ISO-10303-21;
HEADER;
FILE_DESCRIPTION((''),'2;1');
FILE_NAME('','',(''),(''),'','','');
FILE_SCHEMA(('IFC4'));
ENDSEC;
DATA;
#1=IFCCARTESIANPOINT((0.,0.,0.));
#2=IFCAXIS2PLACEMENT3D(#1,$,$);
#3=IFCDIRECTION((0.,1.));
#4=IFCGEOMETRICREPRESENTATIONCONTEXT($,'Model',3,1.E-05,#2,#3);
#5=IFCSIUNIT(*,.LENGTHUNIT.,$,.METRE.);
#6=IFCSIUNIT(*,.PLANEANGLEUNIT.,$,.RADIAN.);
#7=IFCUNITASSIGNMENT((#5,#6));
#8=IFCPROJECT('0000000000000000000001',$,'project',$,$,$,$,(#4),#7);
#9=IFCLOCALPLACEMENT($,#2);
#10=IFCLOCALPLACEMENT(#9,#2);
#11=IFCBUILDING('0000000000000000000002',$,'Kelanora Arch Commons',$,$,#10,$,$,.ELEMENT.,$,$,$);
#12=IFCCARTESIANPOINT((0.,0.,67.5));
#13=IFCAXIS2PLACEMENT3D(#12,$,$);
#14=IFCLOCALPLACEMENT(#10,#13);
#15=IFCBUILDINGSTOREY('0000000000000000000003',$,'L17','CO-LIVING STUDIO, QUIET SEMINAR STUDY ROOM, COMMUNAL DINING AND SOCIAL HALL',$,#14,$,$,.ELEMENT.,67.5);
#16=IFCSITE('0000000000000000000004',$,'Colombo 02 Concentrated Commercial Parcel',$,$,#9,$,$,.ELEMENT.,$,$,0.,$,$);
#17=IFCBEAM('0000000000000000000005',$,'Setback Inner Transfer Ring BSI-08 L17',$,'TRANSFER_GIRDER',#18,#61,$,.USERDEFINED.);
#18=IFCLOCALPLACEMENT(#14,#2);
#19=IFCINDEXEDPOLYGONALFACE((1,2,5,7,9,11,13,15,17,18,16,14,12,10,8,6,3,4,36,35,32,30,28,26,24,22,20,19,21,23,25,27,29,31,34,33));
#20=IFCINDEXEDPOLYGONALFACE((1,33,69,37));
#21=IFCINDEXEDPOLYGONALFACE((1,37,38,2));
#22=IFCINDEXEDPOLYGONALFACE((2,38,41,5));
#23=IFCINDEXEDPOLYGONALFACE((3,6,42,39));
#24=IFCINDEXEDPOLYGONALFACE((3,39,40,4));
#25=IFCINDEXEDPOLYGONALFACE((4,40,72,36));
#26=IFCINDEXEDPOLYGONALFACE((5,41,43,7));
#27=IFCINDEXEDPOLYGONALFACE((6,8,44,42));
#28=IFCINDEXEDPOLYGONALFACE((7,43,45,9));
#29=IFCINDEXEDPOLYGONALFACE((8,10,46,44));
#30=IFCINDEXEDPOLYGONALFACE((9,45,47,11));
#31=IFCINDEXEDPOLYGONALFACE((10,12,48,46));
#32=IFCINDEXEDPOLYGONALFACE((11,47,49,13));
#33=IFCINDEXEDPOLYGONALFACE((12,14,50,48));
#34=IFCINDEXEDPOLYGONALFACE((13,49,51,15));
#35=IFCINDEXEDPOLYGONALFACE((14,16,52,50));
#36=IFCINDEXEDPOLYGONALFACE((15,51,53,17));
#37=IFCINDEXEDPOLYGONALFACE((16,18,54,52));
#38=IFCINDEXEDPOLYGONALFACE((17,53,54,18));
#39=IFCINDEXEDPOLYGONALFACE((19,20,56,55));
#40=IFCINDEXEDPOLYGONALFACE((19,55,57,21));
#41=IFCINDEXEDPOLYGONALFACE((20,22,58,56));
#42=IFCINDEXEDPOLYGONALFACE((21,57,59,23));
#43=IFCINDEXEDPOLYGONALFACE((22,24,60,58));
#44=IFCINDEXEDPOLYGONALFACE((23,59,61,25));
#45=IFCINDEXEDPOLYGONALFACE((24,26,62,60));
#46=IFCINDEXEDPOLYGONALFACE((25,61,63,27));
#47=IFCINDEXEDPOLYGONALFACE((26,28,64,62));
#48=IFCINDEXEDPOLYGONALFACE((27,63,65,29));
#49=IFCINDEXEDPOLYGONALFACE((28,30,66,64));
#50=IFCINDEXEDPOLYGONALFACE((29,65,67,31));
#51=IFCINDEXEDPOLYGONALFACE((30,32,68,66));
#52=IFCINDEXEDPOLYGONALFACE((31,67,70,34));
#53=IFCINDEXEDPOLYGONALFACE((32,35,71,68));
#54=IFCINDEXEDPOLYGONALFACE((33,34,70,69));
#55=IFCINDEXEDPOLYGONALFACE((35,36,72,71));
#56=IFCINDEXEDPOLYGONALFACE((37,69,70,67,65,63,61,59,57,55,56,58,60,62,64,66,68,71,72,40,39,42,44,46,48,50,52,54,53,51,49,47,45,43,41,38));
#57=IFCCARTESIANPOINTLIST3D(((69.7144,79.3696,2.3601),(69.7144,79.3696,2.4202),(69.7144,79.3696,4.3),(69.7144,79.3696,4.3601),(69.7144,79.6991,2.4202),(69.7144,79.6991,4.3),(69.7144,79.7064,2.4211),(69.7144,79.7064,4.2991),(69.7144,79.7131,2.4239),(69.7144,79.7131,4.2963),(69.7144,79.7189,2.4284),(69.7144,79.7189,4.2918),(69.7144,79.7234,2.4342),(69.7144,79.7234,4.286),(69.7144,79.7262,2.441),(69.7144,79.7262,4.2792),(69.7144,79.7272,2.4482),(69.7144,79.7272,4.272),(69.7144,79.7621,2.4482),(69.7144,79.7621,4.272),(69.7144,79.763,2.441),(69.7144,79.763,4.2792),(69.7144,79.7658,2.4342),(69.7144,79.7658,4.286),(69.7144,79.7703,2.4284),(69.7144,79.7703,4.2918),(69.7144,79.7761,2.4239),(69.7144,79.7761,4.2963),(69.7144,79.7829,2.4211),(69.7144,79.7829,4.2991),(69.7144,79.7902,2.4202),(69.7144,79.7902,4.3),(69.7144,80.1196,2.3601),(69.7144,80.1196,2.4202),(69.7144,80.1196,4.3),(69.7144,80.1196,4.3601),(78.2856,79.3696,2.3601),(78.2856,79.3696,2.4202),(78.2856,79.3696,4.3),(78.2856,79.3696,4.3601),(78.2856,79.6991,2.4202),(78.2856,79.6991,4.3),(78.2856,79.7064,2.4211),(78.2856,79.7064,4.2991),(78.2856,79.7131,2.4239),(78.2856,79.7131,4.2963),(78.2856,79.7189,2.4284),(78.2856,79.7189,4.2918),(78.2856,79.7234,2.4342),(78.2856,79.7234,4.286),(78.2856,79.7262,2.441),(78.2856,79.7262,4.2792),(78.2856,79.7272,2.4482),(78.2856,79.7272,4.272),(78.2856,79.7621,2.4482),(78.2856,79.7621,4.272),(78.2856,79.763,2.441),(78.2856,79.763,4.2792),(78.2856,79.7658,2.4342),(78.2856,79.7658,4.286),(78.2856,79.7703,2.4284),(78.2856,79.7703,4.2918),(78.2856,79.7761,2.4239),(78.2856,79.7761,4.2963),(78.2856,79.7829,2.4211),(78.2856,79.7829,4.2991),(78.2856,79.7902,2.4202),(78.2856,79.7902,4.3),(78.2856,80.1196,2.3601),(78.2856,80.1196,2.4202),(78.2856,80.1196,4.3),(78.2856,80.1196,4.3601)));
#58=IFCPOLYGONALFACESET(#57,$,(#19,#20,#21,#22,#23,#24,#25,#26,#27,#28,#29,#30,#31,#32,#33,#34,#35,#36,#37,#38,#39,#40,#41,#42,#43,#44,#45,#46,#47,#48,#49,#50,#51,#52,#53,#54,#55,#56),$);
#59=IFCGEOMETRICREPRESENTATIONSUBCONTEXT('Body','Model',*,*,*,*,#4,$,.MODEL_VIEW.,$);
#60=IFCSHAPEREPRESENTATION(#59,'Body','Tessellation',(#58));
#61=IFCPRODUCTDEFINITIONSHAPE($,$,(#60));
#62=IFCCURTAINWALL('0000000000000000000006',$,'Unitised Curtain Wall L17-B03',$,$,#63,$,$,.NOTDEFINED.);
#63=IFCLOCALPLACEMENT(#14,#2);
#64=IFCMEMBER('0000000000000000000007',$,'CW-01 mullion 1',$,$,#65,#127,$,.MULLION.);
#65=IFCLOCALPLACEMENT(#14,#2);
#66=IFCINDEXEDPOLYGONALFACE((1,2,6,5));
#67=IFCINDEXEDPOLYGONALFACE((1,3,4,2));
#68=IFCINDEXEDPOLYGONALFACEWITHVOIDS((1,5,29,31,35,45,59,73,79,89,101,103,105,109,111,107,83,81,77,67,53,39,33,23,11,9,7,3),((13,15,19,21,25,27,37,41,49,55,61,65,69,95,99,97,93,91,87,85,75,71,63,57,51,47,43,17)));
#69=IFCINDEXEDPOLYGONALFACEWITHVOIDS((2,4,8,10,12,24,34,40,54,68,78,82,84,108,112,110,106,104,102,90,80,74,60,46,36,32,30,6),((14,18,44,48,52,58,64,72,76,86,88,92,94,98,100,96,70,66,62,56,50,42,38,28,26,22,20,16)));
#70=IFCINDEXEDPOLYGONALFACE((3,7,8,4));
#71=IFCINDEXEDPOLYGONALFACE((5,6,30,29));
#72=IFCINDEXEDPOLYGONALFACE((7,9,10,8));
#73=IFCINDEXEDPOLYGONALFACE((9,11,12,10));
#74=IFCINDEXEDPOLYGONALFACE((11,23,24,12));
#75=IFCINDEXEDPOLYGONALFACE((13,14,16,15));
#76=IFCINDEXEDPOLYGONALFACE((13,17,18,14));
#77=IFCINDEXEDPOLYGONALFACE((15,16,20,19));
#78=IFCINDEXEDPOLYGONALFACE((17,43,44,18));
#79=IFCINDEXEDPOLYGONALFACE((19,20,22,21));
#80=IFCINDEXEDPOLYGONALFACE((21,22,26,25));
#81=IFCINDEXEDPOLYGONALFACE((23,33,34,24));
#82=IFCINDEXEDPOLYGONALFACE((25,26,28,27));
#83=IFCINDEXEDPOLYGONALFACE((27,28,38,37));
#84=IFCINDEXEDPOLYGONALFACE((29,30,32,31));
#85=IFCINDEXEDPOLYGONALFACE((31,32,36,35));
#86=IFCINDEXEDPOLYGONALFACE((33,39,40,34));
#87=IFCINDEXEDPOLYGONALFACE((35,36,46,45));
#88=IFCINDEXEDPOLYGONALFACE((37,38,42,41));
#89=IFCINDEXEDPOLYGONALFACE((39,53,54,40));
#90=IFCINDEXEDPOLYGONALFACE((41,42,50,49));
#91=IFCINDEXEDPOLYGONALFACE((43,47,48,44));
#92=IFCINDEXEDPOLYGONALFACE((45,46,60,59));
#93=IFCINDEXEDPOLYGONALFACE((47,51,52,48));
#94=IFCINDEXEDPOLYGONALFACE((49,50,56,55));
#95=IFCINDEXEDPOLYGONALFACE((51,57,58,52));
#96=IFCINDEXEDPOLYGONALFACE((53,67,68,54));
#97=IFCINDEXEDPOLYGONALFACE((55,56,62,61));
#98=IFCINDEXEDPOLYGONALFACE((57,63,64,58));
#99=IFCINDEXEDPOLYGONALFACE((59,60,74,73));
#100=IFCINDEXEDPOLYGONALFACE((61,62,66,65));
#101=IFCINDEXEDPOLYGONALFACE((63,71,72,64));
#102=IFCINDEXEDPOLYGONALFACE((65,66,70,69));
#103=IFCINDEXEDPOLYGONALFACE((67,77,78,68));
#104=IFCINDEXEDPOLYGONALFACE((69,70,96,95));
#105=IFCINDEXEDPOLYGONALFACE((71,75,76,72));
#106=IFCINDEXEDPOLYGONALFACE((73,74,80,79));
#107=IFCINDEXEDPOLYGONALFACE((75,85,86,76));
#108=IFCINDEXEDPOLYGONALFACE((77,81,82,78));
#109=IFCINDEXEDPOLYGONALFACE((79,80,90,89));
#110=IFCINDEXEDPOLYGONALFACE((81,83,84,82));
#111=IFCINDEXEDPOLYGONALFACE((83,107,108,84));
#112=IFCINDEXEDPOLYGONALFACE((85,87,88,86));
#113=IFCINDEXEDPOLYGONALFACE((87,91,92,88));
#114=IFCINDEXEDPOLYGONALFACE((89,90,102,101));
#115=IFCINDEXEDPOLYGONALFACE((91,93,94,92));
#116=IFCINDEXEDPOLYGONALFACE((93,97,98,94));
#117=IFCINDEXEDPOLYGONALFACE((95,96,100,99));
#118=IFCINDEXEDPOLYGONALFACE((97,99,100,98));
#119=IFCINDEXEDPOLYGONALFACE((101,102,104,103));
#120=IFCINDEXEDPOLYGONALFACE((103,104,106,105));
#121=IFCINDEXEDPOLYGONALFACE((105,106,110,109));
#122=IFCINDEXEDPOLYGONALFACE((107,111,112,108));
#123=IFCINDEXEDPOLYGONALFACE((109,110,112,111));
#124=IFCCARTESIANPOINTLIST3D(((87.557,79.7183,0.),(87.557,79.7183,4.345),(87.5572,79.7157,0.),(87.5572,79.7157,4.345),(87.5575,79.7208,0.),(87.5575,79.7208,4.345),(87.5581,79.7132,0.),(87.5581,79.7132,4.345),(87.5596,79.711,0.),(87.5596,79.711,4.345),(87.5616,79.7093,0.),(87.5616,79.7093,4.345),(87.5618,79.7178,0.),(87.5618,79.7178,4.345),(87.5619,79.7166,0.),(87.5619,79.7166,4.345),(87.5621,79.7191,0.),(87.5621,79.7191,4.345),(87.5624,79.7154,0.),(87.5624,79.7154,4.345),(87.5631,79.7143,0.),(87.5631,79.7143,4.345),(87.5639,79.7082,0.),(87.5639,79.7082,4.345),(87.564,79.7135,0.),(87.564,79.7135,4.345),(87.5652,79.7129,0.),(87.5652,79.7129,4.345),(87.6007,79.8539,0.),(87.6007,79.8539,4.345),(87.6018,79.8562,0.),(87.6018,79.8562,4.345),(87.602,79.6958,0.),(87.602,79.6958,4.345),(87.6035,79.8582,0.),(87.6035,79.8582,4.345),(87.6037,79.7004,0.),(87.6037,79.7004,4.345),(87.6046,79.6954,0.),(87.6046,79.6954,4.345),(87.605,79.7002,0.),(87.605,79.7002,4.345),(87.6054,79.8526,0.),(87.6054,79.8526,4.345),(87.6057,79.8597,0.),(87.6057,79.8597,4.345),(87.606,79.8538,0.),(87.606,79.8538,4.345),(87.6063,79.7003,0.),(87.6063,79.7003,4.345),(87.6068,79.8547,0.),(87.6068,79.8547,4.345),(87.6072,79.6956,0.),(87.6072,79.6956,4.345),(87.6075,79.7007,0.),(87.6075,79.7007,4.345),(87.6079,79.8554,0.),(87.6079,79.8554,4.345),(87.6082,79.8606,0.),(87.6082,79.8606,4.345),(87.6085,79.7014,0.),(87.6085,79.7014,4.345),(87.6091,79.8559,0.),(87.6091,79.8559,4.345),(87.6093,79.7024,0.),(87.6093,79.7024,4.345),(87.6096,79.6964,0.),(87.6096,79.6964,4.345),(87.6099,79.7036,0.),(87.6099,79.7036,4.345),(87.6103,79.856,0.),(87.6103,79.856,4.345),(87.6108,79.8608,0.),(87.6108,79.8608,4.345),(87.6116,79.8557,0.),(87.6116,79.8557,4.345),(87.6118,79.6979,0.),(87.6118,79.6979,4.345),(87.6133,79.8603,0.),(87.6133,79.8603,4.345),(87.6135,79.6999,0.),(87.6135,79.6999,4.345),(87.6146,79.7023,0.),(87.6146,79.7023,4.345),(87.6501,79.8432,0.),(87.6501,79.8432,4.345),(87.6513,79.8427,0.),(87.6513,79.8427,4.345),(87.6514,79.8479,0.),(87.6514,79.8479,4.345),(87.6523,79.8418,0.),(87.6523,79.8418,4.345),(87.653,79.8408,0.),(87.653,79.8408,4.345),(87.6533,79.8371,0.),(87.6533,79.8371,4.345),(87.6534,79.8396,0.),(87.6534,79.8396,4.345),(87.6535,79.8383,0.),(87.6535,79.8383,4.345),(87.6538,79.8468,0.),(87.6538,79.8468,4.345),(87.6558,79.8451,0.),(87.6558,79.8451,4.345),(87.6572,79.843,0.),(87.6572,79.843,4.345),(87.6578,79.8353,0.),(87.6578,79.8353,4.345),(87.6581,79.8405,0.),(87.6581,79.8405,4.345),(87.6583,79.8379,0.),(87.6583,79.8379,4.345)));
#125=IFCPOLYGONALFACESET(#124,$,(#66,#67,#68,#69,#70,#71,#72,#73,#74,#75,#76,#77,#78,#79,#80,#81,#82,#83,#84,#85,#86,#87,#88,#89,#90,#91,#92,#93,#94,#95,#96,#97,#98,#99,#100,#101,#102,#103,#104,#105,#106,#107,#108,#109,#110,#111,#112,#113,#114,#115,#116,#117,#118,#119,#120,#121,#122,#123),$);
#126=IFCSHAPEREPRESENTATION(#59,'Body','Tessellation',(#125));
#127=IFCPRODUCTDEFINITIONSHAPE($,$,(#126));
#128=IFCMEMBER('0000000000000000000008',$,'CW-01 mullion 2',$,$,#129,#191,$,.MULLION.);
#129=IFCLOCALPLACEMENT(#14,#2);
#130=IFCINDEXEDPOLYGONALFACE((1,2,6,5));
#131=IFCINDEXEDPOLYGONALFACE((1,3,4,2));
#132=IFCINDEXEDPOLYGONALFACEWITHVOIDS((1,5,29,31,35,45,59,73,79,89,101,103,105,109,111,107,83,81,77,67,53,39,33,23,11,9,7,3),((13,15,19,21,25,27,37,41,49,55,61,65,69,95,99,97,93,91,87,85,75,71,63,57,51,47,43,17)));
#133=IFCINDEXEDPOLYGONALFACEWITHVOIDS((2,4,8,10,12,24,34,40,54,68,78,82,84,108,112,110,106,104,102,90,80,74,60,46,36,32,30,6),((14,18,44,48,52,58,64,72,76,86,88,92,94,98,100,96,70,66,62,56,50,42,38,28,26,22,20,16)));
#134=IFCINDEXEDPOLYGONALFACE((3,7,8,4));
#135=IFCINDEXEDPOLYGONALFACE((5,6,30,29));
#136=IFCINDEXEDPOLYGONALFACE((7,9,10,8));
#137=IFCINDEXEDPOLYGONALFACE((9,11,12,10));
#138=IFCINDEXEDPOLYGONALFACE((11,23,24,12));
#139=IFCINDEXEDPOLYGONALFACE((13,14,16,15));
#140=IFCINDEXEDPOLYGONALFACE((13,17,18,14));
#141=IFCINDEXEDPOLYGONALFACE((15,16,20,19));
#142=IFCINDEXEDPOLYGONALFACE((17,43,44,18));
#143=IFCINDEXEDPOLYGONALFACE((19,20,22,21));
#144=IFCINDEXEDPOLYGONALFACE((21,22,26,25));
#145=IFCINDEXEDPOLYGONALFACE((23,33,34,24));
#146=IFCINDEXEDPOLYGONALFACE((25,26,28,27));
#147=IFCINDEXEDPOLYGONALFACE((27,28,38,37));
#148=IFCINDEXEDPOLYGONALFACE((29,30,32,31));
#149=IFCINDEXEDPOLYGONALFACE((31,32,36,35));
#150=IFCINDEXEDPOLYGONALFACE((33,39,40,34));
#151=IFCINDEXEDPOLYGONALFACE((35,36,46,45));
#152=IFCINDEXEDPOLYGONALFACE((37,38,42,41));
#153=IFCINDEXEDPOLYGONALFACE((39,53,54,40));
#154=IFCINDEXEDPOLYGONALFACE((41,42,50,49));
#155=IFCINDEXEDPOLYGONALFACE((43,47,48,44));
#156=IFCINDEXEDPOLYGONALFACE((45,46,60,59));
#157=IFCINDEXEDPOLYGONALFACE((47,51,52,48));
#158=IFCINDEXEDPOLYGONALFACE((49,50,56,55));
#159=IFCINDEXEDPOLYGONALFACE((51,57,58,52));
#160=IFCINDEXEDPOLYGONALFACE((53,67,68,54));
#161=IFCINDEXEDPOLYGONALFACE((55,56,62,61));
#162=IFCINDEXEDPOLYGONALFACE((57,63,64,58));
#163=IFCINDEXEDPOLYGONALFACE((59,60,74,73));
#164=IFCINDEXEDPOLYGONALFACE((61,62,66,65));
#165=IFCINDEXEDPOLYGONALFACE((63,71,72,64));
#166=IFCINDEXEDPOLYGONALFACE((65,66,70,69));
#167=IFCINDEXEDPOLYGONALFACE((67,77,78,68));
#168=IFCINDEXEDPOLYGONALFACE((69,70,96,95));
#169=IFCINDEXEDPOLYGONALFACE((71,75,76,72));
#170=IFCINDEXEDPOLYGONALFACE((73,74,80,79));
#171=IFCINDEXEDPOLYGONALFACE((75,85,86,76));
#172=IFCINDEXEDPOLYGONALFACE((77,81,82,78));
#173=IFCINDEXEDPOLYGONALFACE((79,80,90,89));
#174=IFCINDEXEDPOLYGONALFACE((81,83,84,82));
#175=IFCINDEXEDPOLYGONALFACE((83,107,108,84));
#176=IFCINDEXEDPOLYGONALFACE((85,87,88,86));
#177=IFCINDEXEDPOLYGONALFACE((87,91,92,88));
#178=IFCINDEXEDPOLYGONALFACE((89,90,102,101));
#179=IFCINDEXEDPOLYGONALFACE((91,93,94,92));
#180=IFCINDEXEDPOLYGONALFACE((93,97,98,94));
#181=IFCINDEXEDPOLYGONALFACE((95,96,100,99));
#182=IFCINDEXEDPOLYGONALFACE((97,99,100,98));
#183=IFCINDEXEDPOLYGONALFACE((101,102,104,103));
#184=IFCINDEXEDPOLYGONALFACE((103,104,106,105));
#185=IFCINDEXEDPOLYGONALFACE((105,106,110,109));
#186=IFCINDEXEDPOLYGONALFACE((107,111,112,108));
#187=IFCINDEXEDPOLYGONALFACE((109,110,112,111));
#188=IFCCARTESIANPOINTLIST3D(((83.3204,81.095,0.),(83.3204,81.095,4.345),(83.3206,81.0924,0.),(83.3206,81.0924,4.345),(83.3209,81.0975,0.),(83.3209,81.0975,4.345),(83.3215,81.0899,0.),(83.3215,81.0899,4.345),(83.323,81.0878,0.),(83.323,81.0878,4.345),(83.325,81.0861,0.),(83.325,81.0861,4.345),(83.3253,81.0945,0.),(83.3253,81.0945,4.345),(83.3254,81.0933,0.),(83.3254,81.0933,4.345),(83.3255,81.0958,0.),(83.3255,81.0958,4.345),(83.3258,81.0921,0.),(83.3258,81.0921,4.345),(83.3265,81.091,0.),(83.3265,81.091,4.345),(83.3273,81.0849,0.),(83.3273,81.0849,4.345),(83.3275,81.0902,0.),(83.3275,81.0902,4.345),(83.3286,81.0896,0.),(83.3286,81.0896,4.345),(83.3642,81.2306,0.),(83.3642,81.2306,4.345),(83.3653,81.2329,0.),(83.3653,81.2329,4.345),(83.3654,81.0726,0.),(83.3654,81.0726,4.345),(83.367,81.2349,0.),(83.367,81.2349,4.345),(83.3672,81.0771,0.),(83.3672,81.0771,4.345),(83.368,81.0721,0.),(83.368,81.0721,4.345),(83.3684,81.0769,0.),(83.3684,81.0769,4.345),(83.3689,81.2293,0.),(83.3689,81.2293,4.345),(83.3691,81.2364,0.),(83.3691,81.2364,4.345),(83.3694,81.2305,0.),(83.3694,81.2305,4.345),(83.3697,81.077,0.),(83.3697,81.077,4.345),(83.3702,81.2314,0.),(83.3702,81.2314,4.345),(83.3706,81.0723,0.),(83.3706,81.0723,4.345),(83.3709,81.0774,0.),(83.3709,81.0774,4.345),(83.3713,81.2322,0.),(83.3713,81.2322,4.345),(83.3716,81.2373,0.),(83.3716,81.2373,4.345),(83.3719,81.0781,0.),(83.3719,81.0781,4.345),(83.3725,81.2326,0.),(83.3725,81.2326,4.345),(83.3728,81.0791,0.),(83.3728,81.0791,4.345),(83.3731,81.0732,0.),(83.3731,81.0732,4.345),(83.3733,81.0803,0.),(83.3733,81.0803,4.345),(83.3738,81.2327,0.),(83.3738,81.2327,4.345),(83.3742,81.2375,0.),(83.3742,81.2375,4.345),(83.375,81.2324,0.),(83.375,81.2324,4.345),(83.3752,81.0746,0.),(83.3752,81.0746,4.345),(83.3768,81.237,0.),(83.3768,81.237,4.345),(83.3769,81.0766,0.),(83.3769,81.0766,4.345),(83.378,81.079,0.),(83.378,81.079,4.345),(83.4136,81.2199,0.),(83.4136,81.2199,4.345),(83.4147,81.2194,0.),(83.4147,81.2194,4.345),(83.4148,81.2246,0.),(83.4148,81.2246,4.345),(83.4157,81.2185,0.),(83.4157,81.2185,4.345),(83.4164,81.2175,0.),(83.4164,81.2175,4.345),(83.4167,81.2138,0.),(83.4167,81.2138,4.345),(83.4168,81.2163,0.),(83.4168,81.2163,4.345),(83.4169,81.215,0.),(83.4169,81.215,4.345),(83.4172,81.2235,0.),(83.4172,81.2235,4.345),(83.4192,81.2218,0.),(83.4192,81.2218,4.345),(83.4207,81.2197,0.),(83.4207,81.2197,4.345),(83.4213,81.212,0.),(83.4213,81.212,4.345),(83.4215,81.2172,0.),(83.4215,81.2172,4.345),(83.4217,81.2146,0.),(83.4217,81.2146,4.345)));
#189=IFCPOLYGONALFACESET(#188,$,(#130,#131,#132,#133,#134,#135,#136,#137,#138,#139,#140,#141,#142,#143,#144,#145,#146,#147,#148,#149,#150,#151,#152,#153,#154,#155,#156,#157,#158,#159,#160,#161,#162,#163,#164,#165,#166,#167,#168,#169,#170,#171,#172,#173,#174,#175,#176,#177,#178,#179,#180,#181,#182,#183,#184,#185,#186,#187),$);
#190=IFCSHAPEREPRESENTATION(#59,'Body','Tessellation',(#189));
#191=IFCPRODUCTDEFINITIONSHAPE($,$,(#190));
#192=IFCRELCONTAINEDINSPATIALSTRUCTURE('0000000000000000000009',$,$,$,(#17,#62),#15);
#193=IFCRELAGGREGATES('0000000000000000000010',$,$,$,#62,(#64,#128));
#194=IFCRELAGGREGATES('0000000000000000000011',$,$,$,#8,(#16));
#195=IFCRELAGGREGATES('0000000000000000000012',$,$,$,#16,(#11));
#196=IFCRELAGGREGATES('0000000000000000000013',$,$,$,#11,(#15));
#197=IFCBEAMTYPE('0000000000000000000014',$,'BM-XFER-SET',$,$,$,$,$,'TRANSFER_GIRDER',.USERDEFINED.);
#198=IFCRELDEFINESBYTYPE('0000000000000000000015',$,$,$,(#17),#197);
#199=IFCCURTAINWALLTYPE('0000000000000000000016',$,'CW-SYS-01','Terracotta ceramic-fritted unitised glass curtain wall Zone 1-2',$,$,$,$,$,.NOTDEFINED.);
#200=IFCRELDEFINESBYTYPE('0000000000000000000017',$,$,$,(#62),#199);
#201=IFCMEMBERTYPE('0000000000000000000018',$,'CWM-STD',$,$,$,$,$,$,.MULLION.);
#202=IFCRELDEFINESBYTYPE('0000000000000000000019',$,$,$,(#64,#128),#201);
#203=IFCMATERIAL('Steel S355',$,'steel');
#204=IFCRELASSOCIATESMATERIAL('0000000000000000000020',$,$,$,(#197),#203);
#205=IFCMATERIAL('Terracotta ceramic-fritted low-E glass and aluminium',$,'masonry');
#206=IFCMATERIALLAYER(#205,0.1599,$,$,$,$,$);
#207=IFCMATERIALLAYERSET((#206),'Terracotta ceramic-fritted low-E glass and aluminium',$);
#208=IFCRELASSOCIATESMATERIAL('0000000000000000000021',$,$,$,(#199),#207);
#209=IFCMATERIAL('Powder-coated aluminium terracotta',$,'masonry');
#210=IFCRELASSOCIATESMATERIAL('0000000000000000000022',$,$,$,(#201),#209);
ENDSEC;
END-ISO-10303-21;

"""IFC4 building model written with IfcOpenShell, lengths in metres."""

from ifc_helpers import new_model, si_unit, direction, frame, origin, origin_2d, place, context, subcontext, project, spatial, hollow_rectangle, i_section, extrude, material, layer, layer_set, material_profile, profile_set, type_object, element, aggregate, save


model = new_model("IFC4")

# Units and contexts
model_context = context("Model", 3, precision=1e-05, world=origin(), true_north=direction((0.0, 1.0)))
body_context = subcontext(model_context, "Body", "Model", "MODEL_VIEW")
ifc_project = project(units=[si_unit("LENGTHUNIT", "METRE"), si_unit("PLANEANGLEUNIT", "RADIAN")], contexts=[model_context])

# Site, building, storey
site_placement = place(None, origin())
site = spatial("IfcSite", under=ifc_project, at=site_placement, Name="Colombo 02 Concentrated Commercial Parcel", CompositionType="ELEMENT", RefElevation=0.0)
building_placement = place(site_placement, origin())
building = spatial("IfcBuilding", under=site, at=building_placement, Name="Kelanora Arch Commons", CompositionType="ELEMENT")
storey_placement = place(building_placement, frame((0.0, 0.0, 67.5)))
storey = spatial("IfcBuildingStorey", under=building, at=storey_placement, Name="L17", Description="CO-LIVING STUDIO, QUIET SEMINAR STUDY ROOM, COMMUNAL DINING AND SOCIAL HALL", CompositionType="ELEMENT", Elevation=67.5)

# Beam
ifc_material_1 = material(Name="Steel S355", Category="steel")
ifc_material_profile_1 = material_profile(ifc_material_1, i_section(OverallWidth=0.75, OverallDepth=2.0, WebThickness=0.0349, FlangeThickness=0.0601, FilletRadius=0.0281, at=origin_2d()), Name="PG2000x750")
ifc_profile_set_1 = profile_set([ifc_material_profile_1], Name="Steel S355")
beam_type_1 = type_object("IfcBeamType", Name="BM-XFER-SET", ElementType="TRANSFER_GIRDER", PredefinedType="USERDEFINED", material=ifc_profile_set_1)
beam_1_placement = place(storey_placement, frame((78.2856, 79.7446, 3.3601), z_axis=(-1.0, 0.0, 0.0), x_axis=(0.0, -1.0, 0.0)))
element("IfcBeam", 1, at=beam_1_placement, inside=storey, type_object=beam_type_1, Name="Setback Inner Transfer Ring BSI-08 L17", ObjectType="TRANSFER_GIRDER", PredefinedType="USERDEFINED", context=body_context, shape_type="SweptSolid", body=[
    extrude(i_section(OverallWidth=0.75, OverallDepth=2.0, WebThickness=0.0349, FlangeThickness=0.0601, FilletRadius=0.0281, at=origin_2d()), origin(), (0.0, 0.0, 1.0), 8.5713),
])

# Curtain wall, members
ifc_material_2 = material(Name="Terracotta ceramic-fritted low-E glass and aluminium", Category="masonry")
ifc_layer_1 = layer(ifc_material_2, 0.1599)
ifc_layer_set_1 = layer_set([ifc_layer_1], Name="Terracotta ceramic-fritted low-E glass and aluminium")
curtain_wall_type = type_object("IfcCurtainWallType", Name="CW-SYS-01", Description="Terracotta ceramic-fritted unitised glass curtain wall Zone 1-2", PredefinedType="NOTDEFINED", material=ifc_layer_set_1)
curtain_wall_placement = place(storey_placement, origin())
curtain_wall = element("IfcCurtainWall", 2, at=curtain_wall_placement, inside=storey, type_object=curtain_wall_type, Name="Unitised Curtain Wall L17-B03", PredefinedType="NOTDEFINED")
ifc_material_3 = material(Name="Powder-coated aluminium terracotta", Category="masonry")
ifc_material_profile_2 = material_profile(ifc_material_3, hollow_rectangle(XDim=0.1599, YDim=0.0601, WallThickness=0.0049, InnerFilletRadius=0.0049, OuterFilletRadius=0.01, at=origin_2d()), Name="CWM160x60")
ifc_profile_set_2 = profile_set([ifc_material_profile_2], Name="Powder-coated aluminium terracotta")
member_type_1 = type_object("IfcMemberType", Name="CWM-STD", PredefinedType="MULLION", material=ifc_profile_set_2)
member_1_placement = place(storey_placement, frame((87.6077, 79.7781, 0.0), z_axis=(0.0, 0.0, 1.0), x_axis=(-0.309058, -0.951043, 0.0)))
member_1 = element("IfcMember", 3, at=member_1_placement, type_object=member_type_1, Name="CW-01 mullion 1", PredefinedType="MULLION", context=body_context, shape_type="SweptSolid", body=[
    extrude(hollow_rectangle(XDim=0.1599, YDim=0.0601, WallThickness=0.0049, InnerFilletRadius=0.0049, OuterFilletRadius=0.01, at=origin_2d()), origin(), (0.0, 0.0, 1.0), 4.345),
])
member_2_placement = place(storey_placement, frame((83.3711, 81.1548, 0.0), z_axis=(0.0, 0.0, 1.0), x_axis=(-0.309058, -0.951043, 0.0)))
member_2 = element("IfcMember", 4, at=member_2_placement, type_object=member_type_1, Name="CW-01 mullion 2", PredefinedType="MULLION", context=body_context, shape_type="SweptSolid", body=[
    extrude(hollow_rectangle(XDim=0.1599, YDim=0.0601, WallThickness=0.0049, InnerFilletRadius=0.0049, OuterFilletRadius=0.01, at=origin_2d()), origin(), (0.0, 0.0, 1.0), 4.345),
])
aggregate(curtain_wall, [member_1, member_2])

save(model, "model.ifc")
